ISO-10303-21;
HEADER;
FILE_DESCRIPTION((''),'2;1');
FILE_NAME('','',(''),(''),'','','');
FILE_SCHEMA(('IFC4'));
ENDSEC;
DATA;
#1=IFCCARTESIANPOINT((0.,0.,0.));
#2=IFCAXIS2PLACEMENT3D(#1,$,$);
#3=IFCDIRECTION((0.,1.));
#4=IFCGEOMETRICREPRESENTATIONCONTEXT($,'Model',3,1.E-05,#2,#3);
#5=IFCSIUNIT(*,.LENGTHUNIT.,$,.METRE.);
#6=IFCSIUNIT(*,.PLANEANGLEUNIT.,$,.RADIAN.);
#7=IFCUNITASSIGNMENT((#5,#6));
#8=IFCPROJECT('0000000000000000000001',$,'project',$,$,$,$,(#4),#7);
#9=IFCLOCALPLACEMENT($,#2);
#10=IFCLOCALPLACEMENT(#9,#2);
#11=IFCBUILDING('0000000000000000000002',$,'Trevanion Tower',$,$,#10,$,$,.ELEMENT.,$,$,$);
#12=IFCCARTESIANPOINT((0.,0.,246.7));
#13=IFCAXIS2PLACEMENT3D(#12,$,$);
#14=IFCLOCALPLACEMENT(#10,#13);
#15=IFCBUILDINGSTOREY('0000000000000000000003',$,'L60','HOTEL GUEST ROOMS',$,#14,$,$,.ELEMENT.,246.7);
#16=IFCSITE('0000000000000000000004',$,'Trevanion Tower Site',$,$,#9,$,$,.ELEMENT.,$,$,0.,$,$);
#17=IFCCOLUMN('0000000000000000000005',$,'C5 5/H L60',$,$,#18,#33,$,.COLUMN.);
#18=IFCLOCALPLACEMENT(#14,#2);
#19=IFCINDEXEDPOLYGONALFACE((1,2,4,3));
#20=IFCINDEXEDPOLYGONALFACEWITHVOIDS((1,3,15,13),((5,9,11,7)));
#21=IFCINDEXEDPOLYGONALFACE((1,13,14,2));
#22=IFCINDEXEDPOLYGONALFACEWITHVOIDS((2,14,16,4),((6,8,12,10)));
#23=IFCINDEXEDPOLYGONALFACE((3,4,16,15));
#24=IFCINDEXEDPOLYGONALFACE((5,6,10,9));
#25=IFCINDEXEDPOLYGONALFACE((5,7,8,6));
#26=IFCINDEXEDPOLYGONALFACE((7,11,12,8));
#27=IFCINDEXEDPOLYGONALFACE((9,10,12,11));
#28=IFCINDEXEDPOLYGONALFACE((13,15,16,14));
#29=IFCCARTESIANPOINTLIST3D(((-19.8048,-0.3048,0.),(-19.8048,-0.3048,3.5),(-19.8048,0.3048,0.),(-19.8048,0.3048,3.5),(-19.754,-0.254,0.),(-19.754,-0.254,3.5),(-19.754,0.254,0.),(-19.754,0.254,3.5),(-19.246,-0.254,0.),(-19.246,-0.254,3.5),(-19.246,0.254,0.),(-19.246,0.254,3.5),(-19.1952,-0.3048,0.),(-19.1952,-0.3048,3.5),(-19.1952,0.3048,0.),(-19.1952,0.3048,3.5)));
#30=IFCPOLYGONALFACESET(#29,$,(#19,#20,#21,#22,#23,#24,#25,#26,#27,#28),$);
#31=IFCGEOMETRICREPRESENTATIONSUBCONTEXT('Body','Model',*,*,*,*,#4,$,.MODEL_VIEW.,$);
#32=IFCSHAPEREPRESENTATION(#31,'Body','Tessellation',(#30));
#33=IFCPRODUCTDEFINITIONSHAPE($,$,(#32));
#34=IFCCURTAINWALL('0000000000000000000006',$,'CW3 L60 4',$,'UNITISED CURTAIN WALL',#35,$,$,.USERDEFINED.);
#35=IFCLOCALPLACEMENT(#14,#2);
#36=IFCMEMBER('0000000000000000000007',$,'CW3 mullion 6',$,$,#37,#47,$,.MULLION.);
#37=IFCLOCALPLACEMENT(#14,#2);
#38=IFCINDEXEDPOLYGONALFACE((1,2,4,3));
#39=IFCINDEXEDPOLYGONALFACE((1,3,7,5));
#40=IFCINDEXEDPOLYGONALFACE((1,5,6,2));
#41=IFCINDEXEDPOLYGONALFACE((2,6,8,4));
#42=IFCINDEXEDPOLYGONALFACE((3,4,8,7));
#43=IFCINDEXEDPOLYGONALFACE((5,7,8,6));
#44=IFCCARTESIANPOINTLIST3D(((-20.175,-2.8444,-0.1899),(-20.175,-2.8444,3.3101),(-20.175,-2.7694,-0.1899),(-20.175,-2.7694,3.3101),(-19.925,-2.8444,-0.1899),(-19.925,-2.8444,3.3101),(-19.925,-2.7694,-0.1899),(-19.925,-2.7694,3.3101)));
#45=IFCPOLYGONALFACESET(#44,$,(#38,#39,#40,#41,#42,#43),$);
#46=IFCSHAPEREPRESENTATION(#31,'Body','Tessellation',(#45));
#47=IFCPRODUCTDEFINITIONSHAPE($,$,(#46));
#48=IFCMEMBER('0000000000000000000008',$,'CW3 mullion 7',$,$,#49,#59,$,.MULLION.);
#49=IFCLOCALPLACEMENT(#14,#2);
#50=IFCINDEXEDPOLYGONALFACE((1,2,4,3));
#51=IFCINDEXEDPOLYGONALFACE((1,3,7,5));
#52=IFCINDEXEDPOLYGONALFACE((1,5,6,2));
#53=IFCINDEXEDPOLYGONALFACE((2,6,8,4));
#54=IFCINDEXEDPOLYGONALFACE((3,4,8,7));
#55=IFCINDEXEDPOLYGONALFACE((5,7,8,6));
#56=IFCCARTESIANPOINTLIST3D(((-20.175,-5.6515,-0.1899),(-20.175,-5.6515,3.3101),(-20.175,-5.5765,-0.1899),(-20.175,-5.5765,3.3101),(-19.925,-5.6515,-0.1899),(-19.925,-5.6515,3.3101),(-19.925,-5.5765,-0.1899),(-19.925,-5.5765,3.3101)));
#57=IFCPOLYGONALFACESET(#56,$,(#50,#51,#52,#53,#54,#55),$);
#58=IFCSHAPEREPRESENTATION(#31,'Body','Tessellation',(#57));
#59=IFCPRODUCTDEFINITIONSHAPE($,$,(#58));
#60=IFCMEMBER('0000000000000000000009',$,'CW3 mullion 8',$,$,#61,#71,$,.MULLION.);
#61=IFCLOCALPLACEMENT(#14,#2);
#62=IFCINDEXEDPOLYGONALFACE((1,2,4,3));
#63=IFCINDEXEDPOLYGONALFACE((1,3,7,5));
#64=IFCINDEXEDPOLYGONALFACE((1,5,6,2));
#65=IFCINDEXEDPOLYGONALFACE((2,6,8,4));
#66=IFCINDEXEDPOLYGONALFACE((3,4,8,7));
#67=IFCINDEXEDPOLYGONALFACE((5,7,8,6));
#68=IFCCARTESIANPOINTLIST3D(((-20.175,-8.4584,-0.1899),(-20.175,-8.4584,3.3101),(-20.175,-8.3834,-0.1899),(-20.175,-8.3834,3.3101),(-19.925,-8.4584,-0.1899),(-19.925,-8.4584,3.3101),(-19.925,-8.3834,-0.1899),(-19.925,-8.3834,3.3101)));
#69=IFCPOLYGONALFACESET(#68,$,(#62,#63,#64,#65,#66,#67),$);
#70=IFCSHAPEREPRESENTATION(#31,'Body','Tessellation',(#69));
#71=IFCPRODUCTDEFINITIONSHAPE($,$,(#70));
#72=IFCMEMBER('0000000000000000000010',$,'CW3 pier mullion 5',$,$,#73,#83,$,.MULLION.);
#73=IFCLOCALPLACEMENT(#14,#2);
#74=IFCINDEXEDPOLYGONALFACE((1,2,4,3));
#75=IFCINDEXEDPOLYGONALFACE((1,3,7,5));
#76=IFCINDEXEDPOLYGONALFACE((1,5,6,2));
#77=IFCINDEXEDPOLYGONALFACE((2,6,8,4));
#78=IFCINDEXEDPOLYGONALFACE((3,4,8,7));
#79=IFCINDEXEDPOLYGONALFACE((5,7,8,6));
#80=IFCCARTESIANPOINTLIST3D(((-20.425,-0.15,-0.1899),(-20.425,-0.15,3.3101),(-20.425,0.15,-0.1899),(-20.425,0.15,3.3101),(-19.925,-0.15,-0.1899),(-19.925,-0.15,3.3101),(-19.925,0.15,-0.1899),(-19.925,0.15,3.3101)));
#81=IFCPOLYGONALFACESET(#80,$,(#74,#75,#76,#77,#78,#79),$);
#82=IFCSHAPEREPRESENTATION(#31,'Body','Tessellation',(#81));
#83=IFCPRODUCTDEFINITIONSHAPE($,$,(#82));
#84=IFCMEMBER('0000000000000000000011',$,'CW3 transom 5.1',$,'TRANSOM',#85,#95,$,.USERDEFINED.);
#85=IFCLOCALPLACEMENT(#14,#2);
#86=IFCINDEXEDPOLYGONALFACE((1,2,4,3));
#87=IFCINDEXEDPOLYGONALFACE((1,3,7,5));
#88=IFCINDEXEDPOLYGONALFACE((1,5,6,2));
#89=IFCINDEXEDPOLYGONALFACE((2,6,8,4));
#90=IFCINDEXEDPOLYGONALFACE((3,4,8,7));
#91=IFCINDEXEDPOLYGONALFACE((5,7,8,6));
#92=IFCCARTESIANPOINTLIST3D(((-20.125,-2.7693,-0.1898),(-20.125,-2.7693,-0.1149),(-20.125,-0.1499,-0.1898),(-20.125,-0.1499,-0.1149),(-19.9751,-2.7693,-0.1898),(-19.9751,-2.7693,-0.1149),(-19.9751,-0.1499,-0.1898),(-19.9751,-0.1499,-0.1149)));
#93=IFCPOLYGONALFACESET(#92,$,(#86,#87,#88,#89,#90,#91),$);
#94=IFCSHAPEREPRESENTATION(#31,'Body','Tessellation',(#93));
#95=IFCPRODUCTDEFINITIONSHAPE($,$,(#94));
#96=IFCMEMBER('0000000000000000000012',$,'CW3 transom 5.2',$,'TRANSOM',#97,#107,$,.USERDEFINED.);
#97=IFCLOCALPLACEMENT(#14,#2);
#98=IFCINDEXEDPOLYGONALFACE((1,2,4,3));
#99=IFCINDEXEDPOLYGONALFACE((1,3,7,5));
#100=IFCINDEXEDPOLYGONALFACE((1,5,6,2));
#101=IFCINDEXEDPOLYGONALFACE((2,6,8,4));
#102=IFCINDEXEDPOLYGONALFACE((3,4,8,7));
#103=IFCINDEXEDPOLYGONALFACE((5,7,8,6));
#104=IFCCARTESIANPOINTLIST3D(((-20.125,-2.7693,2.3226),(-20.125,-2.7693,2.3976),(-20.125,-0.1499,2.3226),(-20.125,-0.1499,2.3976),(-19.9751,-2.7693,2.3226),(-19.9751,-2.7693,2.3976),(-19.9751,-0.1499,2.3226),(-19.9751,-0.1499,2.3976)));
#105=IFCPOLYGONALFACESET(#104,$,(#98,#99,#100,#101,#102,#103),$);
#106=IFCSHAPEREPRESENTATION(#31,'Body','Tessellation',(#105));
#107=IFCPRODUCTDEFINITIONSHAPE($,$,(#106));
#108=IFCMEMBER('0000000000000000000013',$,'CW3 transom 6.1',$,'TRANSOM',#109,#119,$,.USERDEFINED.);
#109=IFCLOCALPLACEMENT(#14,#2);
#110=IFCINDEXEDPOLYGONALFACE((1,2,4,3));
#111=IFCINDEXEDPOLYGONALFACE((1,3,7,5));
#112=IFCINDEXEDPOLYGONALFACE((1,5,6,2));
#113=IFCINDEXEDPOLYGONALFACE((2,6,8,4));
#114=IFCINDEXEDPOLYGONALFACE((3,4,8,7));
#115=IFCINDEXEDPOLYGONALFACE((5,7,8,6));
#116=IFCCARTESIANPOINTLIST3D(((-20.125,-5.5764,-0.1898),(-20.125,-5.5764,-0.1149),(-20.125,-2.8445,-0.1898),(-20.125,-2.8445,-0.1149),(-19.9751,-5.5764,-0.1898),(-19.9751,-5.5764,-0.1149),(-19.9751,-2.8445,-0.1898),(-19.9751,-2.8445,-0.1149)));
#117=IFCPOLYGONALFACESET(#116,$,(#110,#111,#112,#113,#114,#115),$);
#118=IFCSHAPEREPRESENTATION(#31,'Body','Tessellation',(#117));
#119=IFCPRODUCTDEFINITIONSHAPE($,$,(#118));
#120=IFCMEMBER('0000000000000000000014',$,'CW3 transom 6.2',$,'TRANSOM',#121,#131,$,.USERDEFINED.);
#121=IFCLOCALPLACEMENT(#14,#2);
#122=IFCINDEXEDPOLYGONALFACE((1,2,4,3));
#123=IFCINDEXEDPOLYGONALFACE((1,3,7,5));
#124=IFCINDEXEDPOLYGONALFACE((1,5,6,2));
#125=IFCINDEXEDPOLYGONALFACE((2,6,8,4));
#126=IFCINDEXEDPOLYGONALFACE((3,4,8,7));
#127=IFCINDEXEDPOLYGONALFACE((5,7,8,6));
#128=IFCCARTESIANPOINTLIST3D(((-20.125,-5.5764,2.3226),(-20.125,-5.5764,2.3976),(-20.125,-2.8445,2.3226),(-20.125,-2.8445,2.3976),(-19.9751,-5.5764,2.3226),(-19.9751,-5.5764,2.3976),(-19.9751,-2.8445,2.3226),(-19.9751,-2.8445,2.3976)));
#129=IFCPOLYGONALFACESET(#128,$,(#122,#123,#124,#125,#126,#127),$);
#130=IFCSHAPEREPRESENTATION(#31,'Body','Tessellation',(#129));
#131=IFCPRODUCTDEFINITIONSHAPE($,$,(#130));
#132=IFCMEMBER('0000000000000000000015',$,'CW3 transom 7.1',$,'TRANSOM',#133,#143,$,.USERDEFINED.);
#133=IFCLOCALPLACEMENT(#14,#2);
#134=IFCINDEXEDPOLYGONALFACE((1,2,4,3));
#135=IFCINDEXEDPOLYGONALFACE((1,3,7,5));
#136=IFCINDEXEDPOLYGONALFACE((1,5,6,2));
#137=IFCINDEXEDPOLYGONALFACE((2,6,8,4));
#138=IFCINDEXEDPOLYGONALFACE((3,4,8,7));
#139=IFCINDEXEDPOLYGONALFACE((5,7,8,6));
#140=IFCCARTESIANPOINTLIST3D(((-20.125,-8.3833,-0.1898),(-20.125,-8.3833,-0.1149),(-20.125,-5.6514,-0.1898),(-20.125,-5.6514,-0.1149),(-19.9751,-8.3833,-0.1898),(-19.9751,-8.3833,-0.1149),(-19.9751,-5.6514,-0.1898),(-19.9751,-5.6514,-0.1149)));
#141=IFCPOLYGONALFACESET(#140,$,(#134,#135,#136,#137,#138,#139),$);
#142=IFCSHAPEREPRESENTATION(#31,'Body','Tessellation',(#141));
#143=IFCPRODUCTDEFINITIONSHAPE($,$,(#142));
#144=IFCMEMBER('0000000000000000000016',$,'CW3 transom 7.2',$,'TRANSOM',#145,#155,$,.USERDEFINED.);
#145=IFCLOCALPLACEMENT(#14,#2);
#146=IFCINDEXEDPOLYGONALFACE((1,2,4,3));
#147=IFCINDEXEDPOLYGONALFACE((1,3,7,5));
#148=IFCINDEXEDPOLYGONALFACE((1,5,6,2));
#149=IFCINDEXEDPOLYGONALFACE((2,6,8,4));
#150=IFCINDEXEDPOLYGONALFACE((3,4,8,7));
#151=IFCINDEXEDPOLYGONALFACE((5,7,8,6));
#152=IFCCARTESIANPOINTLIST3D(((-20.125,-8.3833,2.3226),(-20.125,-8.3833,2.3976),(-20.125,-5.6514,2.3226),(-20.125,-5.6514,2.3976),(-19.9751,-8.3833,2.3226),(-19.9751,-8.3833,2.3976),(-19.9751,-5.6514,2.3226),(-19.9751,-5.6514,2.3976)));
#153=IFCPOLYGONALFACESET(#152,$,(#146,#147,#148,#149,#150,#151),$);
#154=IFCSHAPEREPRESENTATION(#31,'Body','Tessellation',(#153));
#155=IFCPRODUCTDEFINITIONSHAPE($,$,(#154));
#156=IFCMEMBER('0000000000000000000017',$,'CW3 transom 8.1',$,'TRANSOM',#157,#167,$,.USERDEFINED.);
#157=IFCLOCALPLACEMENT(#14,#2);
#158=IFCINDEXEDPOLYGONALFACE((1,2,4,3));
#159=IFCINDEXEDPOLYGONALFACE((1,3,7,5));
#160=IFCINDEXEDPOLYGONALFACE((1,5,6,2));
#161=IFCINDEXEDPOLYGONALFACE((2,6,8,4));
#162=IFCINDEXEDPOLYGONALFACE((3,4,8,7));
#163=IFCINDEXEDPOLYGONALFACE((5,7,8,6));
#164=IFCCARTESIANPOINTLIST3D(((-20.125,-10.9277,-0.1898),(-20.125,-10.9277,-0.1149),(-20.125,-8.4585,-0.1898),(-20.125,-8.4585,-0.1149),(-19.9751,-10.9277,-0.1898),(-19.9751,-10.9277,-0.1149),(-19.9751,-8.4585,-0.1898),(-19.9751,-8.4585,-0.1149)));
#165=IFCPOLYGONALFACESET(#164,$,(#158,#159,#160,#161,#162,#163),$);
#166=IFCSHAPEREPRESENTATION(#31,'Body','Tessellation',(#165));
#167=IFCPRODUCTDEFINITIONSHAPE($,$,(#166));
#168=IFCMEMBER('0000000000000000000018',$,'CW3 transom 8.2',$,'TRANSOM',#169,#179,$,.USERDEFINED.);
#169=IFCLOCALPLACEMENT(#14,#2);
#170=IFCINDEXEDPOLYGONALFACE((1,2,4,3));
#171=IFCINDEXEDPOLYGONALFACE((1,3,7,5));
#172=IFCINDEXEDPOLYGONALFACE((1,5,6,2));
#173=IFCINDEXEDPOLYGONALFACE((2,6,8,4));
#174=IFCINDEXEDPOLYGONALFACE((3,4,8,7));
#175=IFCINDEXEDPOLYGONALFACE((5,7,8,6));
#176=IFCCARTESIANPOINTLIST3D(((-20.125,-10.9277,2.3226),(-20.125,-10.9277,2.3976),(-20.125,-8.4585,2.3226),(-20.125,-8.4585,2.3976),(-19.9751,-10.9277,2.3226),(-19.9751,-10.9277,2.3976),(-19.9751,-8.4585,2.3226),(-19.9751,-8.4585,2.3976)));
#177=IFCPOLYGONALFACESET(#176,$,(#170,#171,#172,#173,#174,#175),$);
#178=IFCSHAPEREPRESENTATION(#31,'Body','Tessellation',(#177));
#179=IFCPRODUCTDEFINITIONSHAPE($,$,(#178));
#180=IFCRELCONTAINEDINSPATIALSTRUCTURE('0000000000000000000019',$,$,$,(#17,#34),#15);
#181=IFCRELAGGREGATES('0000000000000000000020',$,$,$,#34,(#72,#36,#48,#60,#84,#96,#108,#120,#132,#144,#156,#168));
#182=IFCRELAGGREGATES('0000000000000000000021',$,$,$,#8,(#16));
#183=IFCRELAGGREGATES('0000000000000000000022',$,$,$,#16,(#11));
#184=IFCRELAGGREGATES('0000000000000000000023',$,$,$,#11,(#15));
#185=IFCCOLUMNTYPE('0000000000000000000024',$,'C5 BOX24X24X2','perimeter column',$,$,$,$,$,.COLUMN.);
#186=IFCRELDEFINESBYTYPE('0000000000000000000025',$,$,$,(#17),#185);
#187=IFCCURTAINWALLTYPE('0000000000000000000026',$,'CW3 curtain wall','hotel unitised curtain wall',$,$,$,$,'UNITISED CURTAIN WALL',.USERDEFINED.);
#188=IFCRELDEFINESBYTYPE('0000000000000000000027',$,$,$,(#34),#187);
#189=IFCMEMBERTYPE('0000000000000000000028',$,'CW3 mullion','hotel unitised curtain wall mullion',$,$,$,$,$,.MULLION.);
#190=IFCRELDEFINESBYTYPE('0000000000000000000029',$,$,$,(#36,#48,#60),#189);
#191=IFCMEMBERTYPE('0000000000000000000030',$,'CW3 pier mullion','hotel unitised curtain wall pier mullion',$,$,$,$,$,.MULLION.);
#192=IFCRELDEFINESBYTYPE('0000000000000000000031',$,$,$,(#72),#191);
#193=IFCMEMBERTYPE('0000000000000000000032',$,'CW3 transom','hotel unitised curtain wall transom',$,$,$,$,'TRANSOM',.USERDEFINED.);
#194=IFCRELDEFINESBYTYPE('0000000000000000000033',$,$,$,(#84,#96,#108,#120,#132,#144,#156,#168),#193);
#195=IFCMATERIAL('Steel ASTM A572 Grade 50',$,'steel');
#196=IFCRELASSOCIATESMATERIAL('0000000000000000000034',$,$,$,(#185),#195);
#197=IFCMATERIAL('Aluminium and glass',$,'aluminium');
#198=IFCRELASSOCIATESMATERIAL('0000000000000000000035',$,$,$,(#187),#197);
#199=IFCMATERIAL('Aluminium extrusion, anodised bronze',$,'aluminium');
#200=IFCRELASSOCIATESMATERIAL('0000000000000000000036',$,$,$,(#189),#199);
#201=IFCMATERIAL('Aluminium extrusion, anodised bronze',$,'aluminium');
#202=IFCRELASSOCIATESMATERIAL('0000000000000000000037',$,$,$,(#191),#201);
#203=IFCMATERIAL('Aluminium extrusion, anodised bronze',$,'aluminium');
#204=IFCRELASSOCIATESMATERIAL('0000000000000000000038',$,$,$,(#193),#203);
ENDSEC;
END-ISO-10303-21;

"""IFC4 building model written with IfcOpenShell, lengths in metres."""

from ifc_helpers import new_model, si_unit, direction, frame, origin, origin_2d, place, context, subcontext, project, spatial, rectangle, hollow_rectangle, extrude, material, material_profile, profile_set, type_object, element, aggregate, save


model = new_model("IFC4")

# Units and contexts
model_context = context("Model", 3, precision=1e-05, world=origin(), true_north=direction((0.0, 1.0)))
body_context = subcontext(model_context, "Body", "Model", "MODEL_VIEW")
ifc_project = project(units=[si_unit("LENGTHUNIT", "METRE"), si_unit("PLANEANGLEUNIT", "RADIAN")], contexts=[model_context])

# Site, building, storey
site_placement = place(None, origin())
site = spatial("IfcSite", under=ifc_project, at=site_placement, Name="Trevanion Tower Site", CompositionType="ELEMENT", RefElevation=0.0)
building_placement = place(site_placement, origin())
building = spatial("IfcBuilding", under=site, at=building_placement, Name="Trevanion Tower", CompositionType="ELEMENT")
storey_placement = place(building_placement, frame((0.0, 0.0, 246.7)))
storey = spatial("IfcBuildingStorey", under=building, at=storey_placement, Name="L60", Description="HOTEL GUEST ROOMS", CompositionType="ELEMENT", Elevation=246.7)

# Column
ifc_material_1 = material(Name="Steel ASTM A572 Grade 50", Category="steel")
ifc_material_profile_1 = material_profile(ifc_material_1, hollow_rectangle(XDim=0.6096, YDim=0.6096, WallThickness=0.0508, at=origin_2d()), Name="BOX24X24X2")
ifc_profile_set_1 = profile_set([ifc_material_profile_1], Name="Steel ASTM A572 Grade 50")
column_type = type_object("IfcColumnType", Name="C5 BOX24X24X2", Description="perimeter column", PredefinedType="COLUMN", material=ifc_profile_set_1)
column_placement = place(storey_placement, frame((-19.5, 0.0, 0.0), z_axis=(0.0, 0.0, 1.0), x_axis=(0.0, 1.0, 0.0)))
element("IfcColumn", 1, at=column_placement, inside=storey, type_object=column_type, Name="C5 5/H L60", PredefinedType="COLUMN", context=body_context, shape_type="SweptSolid", body=[
    extrude(hollow_rectangle(XDim=0.6096, YDim=0.6096, WallThickness=0.0508, at=origin_2d()), origin(), (0.0, 0.0, 1.0), 3.5),
])

# Curtain wall, members
ifc_material_2 = material(Name="Aluminium and glass", Category="aluminium")
curtain_wall_type = type_object("IfcCurtainWallType", Name="CW3 curtain wall", Description="hotel unitised curtain wall", ElementType="UNITISED CURTAIN WALL", PredefinedType="USERDEFINED", material=ifc_material_2)
curtain_wall_placement = place(storey_placement, origin())
curtain_wall = element("IfcCurtainWall", 2, at=curtain_wall_placement, inside=storey, type_object=curtain_wall_type, Name="CW3 L60 4", ObjectType="UNITISED CURTAIN WALL", PredefinedType="USERDEFINED")
ifc_material_3 = material(Name="Aluminium extrusion, anodised bronze", Category="aluminium")
ifc_material_profile_2 = material_profile(ifc_material_3, rectangle(XDim=0.075, YDim=0.25, at=origin_2d()), Name="CW3 mullion")
ifc_profile_set_2 = profile_set([ifc_material_profile_2], Name="Aluminium extrusion, anodised bronze")
member_type_1 = type_object("IfcMemberType", Name="CW3 mullion", Description="hotel unitised curtain wall mullion", PredefinedType="MULLION", material=ifc_profile_set_2)
member_1_placement = place(storey_placement, frame((-20.05, -2.8069, -0.1899), z_axis=(0.0, 0.0, 1.0), x_axis=(0.0, -1.0, 0.0)))
member_1 = element("IfcMember", 3, at=member_1_placement, type_object=member_type_1, Name="CW3 mullion 6", PredefinedType="MULLION", context=body_context, shape_type="SweptSolid", body=[
    extrude(rectangle(XDim=0.075, YDim=0.25, at=origin_2d()), origin(), (0.0, 0.0, 1.0), 3.5),
])
member_2_placement = place(storey_placement, frame((-20.05, -5.614, -0.1899), z_axis=(0.0, 0.0, 1.0), x_axis=(0.0, -1.0, 0.0)))
member_2 = element("IfcMember", 4, at=member_2_placement, type_object=member_type_1, Name="CW3 mullion 7", PredefinedType="MULLION", context=body_context, shape_type="SweptSolid", body=[
    extrude(rectangle(XDim=0.075, YDim=0.25, at=origin_2d()), origin(), (0.0, 0.0, 1.0), 3.5),
])
member_3_placement = place(storey_placement, frame((-20.05, -8.4209, -0.1899), z_axis=(0.0, 0.0, 1.0), x_axis=(0.0, -1.0, 0.0)))
member_3 = element("IfcMember", 5, at=member_3_placement, type_object=member_type_1, Name="CW3 mullion 8", PredefinedType="MULLION", context=body_context, shape_type="SweptSolid", body=[
    extrude(rectangle(XDim=0.075, YDim=0.25, at=origin_2d()), origin(), (0.0, 0.0, 1.0), 3.5),
])
ifc_material_4 = material(Name="Aluminium extrusion, anodised bronze", Category="aluminium")
ifc_material_profile_3 = material_profile(ifc_material_4, rectangle(XDim=0.3, YDim=0.5, at=origin_2d()), Name="CW3 pier mullion")
ifc_profile_set_3 = profile_set([ifc_material_profile_3], Name="Aluminium extrusion, anodised bronze")
member_type_2 = type_object("IfcMemberType", Name="CW3 pier mullion", Description="hotel unitised curtain wall pier mullion", PredefinedType="MULLION", material=ifc_profile_set_3)
member_4_placement = place(storey_placement, frame((-20.175, 0.0, -0.1899), z_axis=(0.0, 0.0, 1.0), x_axis=(0.0, -1.0, 0.0)))
member_4 = element("IfcMember", 6, at=member_4_placement, type_object=member_type_2, Name="CW3 pier mullion 5", PredefinedType="MULLION", context=body_context, shape_type="SweptSolid", body=[
    extrude(rectangle(XDim=0.3, YDim=0.5, at=origin_2d()), origin(), (0.0, 0.0, 1.0), 3.5),
])
ifc_material_5 = material(Name="Aluminium extrusion, anodised bronze", Category="aluminium")
ifc_material_profile_4 = material_profile(ifc_material_5, rectangle(XDim=0.1499, YDim=0.075, at=origin_2d()), Name="CW3 transom")
ifc_profile_set_4 = profile_set([ifc_material_profile_4], Name="Aluminium extrusion, anodised bronze")
member_type_3 = type_object("IfcMemberType", Name="CW3 transom", Description="hotel unitised curtain wall transom", ElementType="TRANSOM", PredefinedType="USERDEFINED", material=ifc_profile_set_4)
member_5_placement = place(storey_placement, frame((-20.05, -0.1499, -0.1523), z_axis=(0.0, -1.0, 0.0), x_axis=(1.0, 0.0, 0.0)))
member_5 = element("IfcMember", 7, at=member_5_placement, type_object=member_type_3, Name="CW3 transom 5.1", ObjectType="TRANSOM", PredefinedType="USERDEFINED", context=body_context, shape_type="SweptSolid", body=[
    extrude(rectangle(XDim=0.1499, YDim=0.075, at=origin_2d()), origin(), (0.0, 0.0, 1.0), 2.6194),
])
member_6_placement = place(storey_placement, frame((-20.05, -0.1499, 2.3601), z_axis=(0.0, -1.0, 0.0), x_axis=(1.0, 0.0, 0.0)))
member_6 = element("IfcMember", 8, at=member_6_placement, type_object=member_type_3, Name="CW3 transom 5.2", ObjectType="TRANSOM", PredefinedType="USERDEFINED", context=body_context, shape_type="SweptSolid", body=[
    extrude(rectangle(XDim=0.1499, YDim=0.075, at=origin_2d()), origin(), (0.0, 0.0, 1.0), 2.6194),
])
member_7_placement = place(storey_placement, frame((-20.05, -2.8445, -0.1523), z_axis=(0.0, -1.0, 0.0), x_axis=(1.0, 0.0, 0.0)))
member_7 = element("IfcMember", 9, at=member_7_placement, type_object=member_type_3, Name="CW3 transom 6.1", ObjectType="TRANSOM", PredefinedType="USERDEFINED", context=body_context, shape_type="SweptSolid", body=[
    extrude(rectangle(XDim=0.1499, YDim=0.075, at=origin_2d()), origin(), (0.0, 0.0, 1.0), 2.7319),
])
member_8_placement = place(storey_placement, frame((-20.05, -2.8445, 2.3601), z_axis=(0.0, -1.0, 0.0), x_axis=(1.0, 0.0, 0.0)))
member_8 = element("IfcMember", 10, at=member_8_placement, type_object=member_type_3, Name="CW3 transom 6.2", ObjectType="TRANSOM", PredefinedType="USERDEFINED", context=body_context, shape_type="SweptSolid", body=[
    extrude(rectangle(XDim=0.1499, YDim=0.075, at=origin_2d()), origin(), (0.0, 0.0, 1.0), 2.7319),
])
member_9_placement = place(storey_placement, frame((-20.05, -5.6514, -0.1523), z_axis=(0.0, -1.0, 0.0), x_axis=(1.0, 0.0, 0.0)))
member_9 = element("IfcMember", 11, at=member_9_placement, type_object=member_type_3, Name="CW3 transom 7.1", ObjectType="TRANSOM", PredefinedType="USERDEFINED", context=body_context, shape_type="SweptSolid", body=[
    extrude(rectangle(XDim=0.1499, YDim=0.075, at=origin_2d()), origin(), (0.0, 0.0, 1.0), 2.7319),
])
member_10_placement = place(storey_placement, frame((-20.05, -5.6514, 2.3601), z_axis=(0.0, -1.0, 0.0), x_axis=(1.0, 0.0, 0.0)))
member_10 = element("IfcMember", 12, at=member_10_placement, type_object=member_type_3, Name="CW3 transom 7.2", ObjectType="TRANSOM", PredefinedType="USERDEFINED", context=body_context, shape_type="SweptSolid", body=[
    extrude(rectangle(XDim=0.1499, YDim=0.075, at=origin_2d()), origin(), (0.0, 0.0, 1.0), 2.7319),
])
member_11_placement = place(storey_placement, frame((-20.05, -8.4585, -0.1523), z_axis=(0.0, -1.0, 0.0), x_axis=(1.0, 0.0, 0.0)))
member_11 = element("IfcMember", 13, at=member_11_placement, type_object=member_type_3, Name="CW3 transom 8.1", ObjectType="TRANSOM", PredefinedType="USERDEFINED", context=body_context, shape_type="SweptSolid", body=[
    extrude(rectangle(XDim=0.1499, YDim=0.075, at=origin_2d()), origin(), (0.0, 0.0, 1.0), 2.4692),
])
member_12_placement = place(storey_placement, frame((-20.05, -8.4585, 2.3601), z_axis=(0.0, -1.0, 0.0), x_axis=(1.0, 0.0, 0.0)))
member_12 = element("IfcMember", 14, at=member_12_placement, type_object=member_type_3, Name="CW3 transom 8.2", ObjectType="TRANSOM", PredefinedType="USERDEFINED", context=body_context, shape_type="SweptSolid", body=[
    extrude(rectangle(XDim=0.1499, YDim=0.075, at=origin_2d()), origin(), (0.0, 0.0, 1.0), 2.4692),
])

aggregate(curtain_wall, [member_4, member_1, member_2, member_3, member_5, member_6, member_7, member_8, member_9, member_10, member_11, member_12])

save(model, "model.ifc")
